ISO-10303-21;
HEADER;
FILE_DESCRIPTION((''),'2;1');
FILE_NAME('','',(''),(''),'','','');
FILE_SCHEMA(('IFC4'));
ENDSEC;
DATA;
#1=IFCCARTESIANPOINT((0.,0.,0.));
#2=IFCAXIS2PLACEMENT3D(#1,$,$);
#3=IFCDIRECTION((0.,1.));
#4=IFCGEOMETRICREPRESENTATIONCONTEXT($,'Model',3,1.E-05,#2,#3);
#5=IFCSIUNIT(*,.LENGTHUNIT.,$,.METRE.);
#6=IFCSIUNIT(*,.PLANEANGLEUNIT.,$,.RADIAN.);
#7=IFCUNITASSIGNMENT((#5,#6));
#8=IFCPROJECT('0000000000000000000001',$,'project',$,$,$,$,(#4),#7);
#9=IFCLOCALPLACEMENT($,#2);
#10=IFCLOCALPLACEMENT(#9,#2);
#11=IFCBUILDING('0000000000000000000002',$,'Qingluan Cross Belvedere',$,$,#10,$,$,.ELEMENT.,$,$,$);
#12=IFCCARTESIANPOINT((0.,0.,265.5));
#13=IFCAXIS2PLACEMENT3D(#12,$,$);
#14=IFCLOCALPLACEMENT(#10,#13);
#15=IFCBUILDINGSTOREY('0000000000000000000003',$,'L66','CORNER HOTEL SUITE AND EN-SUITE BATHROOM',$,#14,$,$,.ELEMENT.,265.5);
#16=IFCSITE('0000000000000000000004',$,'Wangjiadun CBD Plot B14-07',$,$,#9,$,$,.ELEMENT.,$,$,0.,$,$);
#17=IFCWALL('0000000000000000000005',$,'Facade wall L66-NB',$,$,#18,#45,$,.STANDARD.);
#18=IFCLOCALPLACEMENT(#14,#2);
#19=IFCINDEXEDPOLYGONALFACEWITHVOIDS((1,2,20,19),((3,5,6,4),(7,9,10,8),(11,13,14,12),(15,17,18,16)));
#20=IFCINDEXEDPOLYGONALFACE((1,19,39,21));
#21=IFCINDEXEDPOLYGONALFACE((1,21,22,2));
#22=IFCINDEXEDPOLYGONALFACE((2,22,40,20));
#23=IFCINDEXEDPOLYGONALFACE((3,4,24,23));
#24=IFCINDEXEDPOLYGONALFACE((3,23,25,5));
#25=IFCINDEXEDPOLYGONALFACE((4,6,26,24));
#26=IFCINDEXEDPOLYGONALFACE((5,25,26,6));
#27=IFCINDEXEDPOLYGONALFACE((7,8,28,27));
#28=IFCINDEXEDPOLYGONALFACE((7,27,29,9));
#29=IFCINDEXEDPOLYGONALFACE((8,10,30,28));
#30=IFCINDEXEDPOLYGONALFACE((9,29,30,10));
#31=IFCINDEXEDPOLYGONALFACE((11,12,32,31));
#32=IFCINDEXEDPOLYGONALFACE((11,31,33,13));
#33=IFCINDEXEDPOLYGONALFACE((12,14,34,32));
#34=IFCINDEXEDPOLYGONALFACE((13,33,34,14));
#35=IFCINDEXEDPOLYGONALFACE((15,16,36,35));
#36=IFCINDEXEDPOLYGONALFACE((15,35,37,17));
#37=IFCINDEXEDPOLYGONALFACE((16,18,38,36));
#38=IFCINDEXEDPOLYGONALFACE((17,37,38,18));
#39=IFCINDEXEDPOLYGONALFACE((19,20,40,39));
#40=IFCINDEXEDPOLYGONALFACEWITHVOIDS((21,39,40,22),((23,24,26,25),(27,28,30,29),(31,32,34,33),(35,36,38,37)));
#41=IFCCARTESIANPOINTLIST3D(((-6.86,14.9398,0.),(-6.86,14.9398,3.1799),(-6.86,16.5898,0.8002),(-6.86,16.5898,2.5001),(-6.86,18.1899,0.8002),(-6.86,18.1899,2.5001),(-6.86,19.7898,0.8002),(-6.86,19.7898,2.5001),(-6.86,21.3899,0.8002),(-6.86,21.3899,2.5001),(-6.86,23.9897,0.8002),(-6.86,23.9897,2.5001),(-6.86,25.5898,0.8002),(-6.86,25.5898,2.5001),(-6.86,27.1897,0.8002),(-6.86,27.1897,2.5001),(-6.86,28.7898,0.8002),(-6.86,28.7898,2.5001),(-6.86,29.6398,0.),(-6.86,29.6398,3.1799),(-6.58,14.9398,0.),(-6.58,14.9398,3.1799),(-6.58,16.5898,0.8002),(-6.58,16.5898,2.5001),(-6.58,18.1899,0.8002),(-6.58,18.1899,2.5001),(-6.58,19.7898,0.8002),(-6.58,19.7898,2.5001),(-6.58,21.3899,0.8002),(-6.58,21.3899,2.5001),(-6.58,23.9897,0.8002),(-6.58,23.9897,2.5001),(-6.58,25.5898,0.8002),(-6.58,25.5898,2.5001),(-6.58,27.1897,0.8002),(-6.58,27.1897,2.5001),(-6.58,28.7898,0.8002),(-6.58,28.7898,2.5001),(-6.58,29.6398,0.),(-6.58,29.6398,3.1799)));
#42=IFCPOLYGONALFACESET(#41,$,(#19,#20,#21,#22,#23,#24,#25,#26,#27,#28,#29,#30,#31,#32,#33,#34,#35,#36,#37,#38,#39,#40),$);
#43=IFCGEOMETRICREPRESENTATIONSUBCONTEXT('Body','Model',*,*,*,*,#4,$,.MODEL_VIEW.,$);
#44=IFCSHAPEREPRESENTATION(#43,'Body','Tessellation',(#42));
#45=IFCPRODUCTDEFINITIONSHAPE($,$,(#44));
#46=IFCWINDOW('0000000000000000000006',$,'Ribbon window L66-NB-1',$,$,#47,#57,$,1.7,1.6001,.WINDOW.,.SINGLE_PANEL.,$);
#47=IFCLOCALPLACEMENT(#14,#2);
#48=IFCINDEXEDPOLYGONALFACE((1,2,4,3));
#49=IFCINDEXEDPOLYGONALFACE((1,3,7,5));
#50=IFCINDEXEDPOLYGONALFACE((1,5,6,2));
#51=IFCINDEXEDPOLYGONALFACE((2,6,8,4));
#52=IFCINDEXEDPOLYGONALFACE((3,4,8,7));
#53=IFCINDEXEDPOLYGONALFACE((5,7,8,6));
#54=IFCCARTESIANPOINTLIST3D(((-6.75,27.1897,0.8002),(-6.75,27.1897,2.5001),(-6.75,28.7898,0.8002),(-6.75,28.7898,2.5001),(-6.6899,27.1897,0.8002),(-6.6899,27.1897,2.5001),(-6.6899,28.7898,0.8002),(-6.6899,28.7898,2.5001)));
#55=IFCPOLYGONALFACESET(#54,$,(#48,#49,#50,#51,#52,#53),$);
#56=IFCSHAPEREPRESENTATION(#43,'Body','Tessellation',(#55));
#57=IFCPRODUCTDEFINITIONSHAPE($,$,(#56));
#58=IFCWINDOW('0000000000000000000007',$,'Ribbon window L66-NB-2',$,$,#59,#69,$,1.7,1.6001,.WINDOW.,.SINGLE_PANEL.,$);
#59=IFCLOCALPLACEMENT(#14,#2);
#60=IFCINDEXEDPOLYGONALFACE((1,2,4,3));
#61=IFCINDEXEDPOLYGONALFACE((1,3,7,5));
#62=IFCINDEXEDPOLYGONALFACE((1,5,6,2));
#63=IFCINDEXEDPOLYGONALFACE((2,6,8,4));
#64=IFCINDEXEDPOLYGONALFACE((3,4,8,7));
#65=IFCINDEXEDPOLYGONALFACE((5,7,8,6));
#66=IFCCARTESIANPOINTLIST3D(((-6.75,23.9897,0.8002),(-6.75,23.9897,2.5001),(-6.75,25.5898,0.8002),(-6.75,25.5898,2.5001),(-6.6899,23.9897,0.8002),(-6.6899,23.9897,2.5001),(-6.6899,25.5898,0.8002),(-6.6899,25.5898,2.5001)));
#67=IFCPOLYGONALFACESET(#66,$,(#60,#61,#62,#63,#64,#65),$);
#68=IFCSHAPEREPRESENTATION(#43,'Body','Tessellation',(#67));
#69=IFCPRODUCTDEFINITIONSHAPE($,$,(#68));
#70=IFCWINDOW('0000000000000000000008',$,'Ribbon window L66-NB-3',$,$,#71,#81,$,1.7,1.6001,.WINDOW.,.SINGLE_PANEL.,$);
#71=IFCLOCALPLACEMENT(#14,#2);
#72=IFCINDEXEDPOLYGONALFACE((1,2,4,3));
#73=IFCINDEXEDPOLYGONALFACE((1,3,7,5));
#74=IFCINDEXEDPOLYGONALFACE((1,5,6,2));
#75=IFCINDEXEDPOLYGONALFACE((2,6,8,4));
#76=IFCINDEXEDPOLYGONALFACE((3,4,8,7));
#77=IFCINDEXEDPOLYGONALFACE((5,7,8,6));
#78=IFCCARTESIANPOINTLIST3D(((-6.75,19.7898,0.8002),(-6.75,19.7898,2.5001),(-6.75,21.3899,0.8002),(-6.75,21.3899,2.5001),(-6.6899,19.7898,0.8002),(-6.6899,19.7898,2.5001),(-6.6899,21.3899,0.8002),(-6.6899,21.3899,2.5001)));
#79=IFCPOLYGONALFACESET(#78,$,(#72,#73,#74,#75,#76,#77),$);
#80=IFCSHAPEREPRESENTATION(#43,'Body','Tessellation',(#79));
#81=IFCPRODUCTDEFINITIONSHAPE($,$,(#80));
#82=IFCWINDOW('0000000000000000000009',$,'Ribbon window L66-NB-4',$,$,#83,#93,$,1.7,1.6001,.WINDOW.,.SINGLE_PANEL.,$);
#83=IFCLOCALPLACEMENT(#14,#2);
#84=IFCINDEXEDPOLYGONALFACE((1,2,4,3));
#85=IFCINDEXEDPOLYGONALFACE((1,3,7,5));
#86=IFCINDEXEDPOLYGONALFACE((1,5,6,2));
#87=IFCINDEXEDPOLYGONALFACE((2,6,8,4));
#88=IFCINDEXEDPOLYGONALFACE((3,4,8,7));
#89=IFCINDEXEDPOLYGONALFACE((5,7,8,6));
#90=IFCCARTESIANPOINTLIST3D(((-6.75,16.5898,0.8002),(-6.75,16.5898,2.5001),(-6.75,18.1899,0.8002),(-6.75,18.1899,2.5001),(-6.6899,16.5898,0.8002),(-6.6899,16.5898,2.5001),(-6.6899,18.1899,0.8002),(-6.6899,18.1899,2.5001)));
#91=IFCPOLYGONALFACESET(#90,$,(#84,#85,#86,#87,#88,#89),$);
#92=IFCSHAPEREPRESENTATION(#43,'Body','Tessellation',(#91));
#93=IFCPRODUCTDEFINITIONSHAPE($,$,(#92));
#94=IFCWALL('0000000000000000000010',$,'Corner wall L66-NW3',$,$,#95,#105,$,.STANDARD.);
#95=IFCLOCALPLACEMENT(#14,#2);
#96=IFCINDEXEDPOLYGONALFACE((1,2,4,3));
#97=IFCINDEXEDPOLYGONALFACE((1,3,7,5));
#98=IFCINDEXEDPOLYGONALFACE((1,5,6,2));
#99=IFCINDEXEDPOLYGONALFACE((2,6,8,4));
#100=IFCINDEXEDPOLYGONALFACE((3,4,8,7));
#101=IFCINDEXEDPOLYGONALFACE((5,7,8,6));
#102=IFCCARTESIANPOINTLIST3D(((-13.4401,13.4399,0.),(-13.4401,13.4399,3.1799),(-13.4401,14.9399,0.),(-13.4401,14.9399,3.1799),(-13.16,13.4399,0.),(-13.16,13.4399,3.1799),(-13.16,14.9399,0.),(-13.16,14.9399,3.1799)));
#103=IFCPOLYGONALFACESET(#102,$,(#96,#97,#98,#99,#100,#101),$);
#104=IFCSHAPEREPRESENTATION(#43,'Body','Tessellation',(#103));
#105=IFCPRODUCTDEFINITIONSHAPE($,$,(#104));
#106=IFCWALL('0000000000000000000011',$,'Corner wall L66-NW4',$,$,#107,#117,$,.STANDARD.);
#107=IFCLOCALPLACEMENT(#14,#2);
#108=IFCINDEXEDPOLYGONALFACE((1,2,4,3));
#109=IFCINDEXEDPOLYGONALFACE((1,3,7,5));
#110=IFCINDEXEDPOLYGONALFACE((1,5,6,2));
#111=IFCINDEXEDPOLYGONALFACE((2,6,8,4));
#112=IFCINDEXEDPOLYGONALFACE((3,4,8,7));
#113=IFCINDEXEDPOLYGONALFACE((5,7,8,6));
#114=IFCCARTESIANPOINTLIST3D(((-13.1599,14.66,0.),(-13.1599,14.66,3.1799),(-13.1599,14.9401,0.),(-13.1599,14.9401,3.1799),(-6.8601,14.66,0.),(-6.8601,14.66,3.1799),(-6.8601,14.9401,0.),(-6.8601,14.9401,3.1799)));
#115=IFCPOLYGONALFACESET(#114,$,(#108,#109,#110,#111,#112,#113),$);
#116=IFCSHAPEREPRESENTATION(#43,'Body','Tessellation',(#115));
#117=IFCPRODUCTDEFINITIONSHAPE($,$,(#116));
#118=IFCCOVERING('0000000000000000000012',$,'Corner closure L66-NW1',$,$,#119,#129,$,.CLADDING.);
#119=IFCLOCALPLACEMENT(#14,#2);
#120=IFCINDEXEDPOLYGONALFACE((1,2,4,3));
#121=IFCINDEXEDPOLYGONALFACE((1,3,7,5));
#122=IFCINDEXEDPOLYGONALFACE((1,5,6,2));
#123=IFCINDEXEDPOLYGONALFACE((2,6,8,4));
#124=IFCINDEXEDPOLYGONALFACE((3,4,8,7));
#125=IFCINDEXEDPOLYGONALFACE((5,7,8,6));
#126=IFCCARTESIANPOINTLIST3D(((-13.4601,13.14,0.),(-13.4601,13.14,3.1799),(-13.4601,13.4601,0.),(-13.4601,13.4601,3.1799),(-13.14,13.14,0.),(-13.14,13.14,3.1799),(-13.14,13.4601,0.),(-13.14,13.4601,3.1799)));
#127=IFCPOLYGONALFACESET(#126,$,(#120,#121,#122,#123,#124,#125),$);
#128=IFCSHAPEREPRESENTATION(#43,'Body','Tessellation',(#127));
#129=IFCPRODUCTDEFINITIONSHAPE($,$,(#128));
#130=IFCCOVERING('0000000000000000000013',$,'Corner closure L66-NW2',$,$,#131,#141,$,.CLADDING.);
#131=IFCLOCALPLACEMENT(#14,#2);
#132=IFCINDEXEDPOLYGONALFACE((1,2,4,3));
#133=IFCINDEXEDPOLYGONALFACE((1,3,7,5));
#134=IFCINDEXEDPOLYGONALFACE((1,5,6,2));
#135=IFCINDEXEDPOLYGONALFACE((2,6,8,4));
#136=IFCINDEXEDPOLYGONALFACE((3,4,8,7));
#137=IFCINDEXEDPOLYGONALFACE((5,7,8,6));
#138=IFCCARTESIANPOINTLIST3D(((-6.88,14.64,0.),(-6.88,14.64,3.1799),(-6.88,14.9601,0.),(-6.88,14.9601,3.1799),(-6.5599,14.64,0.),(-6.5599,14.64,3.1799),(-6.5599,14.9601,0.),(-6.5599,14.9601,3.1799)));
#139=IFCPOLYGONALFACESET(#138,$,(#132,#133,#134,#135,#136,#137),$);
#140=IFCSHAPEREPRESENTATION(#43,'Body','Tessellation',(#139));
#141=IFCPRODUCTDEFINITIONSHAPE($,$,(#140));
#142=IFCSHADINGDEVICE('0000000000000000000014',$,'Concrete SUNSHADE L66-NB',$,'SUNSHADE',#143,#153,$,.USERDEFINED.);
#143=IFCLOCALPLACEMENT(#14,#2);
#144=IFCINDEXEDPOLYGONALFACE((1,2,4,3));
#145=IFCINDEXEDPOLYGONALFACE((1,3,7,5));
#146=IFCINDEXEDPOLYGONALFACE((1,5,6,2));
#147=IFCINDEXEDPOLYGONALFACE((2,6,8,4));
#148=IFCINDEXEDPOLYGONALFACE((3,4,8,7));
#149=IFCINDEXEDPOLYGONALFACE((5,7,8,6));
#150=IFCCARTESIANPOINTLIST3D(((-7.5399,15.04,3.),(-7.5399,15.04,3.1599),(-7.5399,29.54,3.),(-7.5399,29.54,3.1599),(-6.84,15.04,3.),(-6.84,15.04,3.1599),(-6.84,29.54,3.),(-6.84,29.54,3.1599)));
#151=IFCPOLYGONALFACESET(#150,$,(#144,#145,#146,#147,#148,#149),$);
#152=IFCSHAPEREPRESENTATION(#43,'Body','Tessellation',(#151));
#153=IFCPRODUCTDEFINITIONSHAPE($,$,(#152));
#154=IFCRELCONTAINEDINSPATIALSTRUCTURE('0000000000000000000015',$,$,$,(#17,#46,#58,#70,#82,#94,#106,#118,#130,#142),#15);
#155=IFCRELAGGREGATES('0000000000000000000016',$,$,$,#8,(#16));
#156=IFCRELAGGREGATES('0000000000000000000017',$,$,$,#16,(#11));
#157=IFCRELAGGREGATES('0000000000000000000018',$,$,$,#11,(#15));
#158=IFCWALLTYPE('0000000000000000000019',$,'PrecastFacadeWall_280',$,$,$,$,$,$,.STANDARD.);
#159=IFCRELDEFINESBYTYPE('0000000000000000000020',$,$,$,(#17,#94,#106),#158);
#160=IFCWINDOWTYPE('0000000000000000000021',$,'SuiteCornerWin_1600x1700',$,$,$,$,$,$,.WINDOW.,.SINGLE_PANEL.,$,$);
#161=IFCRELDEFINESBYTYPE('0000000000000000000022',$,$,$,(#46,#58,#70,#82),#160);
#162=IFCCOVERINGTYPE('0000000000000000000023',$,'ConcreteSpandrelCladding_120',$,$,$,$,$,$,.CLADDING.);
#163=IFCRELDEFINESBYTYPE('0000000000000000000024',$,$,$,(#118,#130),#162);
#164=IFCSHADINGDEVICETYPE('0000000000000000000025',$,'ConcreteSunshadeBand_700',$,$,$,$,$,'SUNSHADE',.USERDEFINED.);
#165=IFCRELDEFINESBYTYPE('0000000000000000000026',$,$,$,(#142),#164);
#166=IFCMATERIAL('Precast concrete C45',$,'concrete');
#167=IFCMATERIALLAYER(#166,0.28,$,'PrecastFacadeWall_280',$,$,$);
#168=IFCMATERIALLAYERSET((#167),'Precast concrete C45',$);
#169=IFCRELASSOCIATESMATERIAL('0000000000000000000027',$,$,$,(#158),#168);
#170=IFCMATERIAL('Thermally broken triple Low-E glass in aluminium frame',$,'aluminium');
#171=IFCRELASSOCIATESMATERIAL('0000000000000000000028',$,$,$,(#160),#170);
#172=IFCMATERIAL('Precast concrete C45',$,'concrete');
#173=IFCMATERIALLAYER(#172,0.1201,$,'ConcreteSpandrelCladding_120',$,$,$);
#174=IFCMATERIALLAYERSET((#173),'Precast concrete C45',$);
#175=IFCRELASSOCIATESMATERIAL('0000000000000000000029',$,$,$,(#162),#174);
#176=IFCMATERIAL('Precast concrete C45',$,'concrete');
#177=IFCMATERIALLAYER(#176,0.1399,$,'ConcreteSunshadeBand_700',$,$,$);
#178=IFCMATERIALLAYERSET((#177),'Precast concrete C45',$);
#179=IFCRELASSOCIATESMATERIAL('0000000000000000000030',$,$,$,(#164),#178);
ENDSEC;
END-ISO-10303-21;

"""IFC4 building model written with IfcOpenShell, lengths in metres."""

from ifc_helpers import new_model, si_unit, direction, frame, frame_2d, origin, origin_2d, place, context, subcontext, project, spatial, rectangle, extrude, material, layer, layer_set, type_object, element, fill, save


model = new_model("IFC4")

# Units and contexts
model_context = context("Model", 3, precision=1e-05, world=origin(), true_north=direction((0.0, 1.0)))
body_context = subcontext(model_context, "Body", "Model", "MODEL_VIEW")
ifc_project = project(units=[si_unit("LENGTHUNIT", "METRE"), si_unit("PLANEANGLEUNIT", "RADIAN")], contexts=[model_context])

# Site, building, storey
site_placement = place(None, origin())
site = spatial("IfcSite", under=ifc_project, at=site_placement, Name="Wangjiadun CBD Plot B14-07", CompositionType="ELEMENT", RefElevation=0.0)
building_placement = place(site_placement, origin())
building = spatial("IfcBuilding", under=site, at=building_placement, Name="Qingluan Cross Belvedere", CompositionType="ELEMENT")
storey_placement = place(building_placement, frame((0.0, 0.0, 265.5)))
storey = spatial("IfcBuildingStorey", under=building, at=storey_placement, Name="L66", Description="CORNER HOTEL SUITE AND EN-SUITE BATHROOM", CompositionType="ELEMENT", Elevation=265.5)

# Wall, openings, windows
ifc_material_1 = material(Name="Precast concrete C45", Category="concrete")
ifc_layer_1 = layer(ifc_material_1, 0.28, Name="PrecastFacadeWall_280")
ifc_layer_set_1 = layer_set([ifc_layer_1], Name="Precast concrete C45")
wall_type_1 = type_object("IfcWallType", Name="PrecastFacadeWall_280", PredefinedType="STANDARD", material=ifc_layer_set_1)
wall_1_placement = place(storey_placement, frame((-6.72, 29.6399, 0.0), z_axis=(0.0, 0.0, 1.0), x_axis=(0.0, -1.0, 0.0)))
wall_1 = element("IfcWall", 1, at=wall_1_placement, inside=storey, type_object=wall_type_1, Name="Facade wall L66-NB", PredefinedType="STANDARD", context=body_context, shape_type="SweptSolid", body=[
    extrude(rectangle(XDim=14.7, YDim=0.28, at=frame_2d((7.3501, 0.0))), origin(), (0.0, 0.0, 1.0), 3.1799),
])
opening_1_placement = place(wall_1_placement, frame((0.8501, 0.0, 0.8)))
opening_1 = element("IfcOpeningElement", 2, at=opening_1_placement, cuts=wall_1, PredefinedType="OPENING", context=body_context, shape_type="SweptSolid", body=[
    extrude(rectangle(XDim=1.6001, YDim=1.7, at=frame_2d((0.8, 0.8501))), frame((0.0, 0.1499, 0.0), z_axis=(0.0, -1.0, 0.0), x_axis=(1.0, 0.0, 0.0)), (0.0, 0.0, 1.0), 0.3),
])
opening_2_placement = place(wall_1_placement, frame((4.05, 0.0, 0.8)))
opening_2 = element("IfcOpeningElement", 3, at=opening_2_placement, cuts=wall_1, PredefinedType="OPENING", context=body_context, shape_type="SweptSolid", body=[
    extrude(rectangle(XDim=1.6001, YDim=1.7, at=frame_2d((0.8, 0.8501))), frame((0.0, 0.1499, 0.0), z_axis=(0.0, -1.0, 0.0), x_axis=(1.0, 0.0, 0.0)), (0.0, 0.0, 1.0), 0.3),
])
opening_3_placement = place(wall_1_placement, frame((8.25, 0.0, 0.8)))
opening_3 = element("IfcOpeningElement", 4, at=opening_3_placement, cuts=wall_1, PredefinedType="OPENING", context=body_context, shape_type="SweptSolid", body=[
    extrude(rectangle(XDim=1.6001, YDim=1.7, at=frame_2d((0.8, 0.8501))), frame((0.0, 0.1499, 0.0), z_axis=(0.0, -1.0, 0.0), x_axis=(1.0, 0.0, 0.0)), (0.0, 0.0, 1.0), 0.3),
])
opening_4_placement = place(wall_1_placement, frame((11.45, 0.0, 0.8)))
opening_4 = element("IfcOpeningElement", 5, at=opening_4_placement, cuts=wall_1, PredefinedType="OPENING", context=body_context, shape_type="SweptSolid", body=[
    extrude(rectangle(XDim=1.6001, YDim=1.7, at=frame_2d((0.8, 0.8501))), frame((0.0, 0.1499, 0.0), z_axis=(0.0, -1.0, 0.0), x_axis=(1.0, 0.0, 0.0)), (0.0, 0.0, 1.0), 0.3),
])
ifc_material_2 = material(Name="Thermally broken triple Low-E glass in aluminium frame", Category="aluminium")
window_type = type_object("IfcWindowType", Name="SuiteCornerWin_1600x1700", PartitioningType="SINGLE_PANEL", PredefinedType="WINDOW", material=ifc_material_2)
window_1_placement = place(opening_1_placement, origin())
window_1 = element("IfcWindow", 6, at=window_1_placement, inside=storey, type_object=window_type, Name="Ribbon window L66-NB-1", OverallHeight=1.7, OverallWidth=1.6001, PartitioningType="SINGLE_PANEL", PredefinedType="WINDOW", context=body_context, shape_type="SweptSolid", body=[
    extrude(rectangle(XDim=1.6001, YDim=1.7, at=frame_2d((0.8, 0.8501))), frame((0.0, 0.03, 0.0), z_axis=(0.0, -1.0, 0.0), x_axis=(1.0, 0.0, 0.0)), (0.0, 0.0, 1.0), 0.0601),
])
fill(opening_1, window_1)
window_2_placement = place(opening_2_placement, origin())
window_2 = element("IfcWindow", 7, at=window_2_placement, inside=storey, type_object=window_type, Name="Ribbon window L66-NB-2", OverallHeight=1.7, OverallWidth=1.6001, PartitioningType="SINGLE_PANEL", PredefinedType="WINDOW", context=body_context, shape_type="SweptSolid", body=[
    extrude(rectangle(XDim=1.6001, YDim=1.7, at=frame_2d((0.8, 0.8501))), frame((0.0, 0.03, 0.0), z_axis=(0.0, -1.0, 0.0), x_axis=(1.0, 0.0, 0.0)), (0.0, 0.0, 1.0), 0.0601),
])
fill(opening_2, window_2)
window_3_placement = place(opening_3_placement, origin())
window_3 = element("IfcWindow", 8, at=window_3_placement, inside=storey, type_object=window_type, Name="Ribbon window L66-NB-3", OverallHeight=1.7, OverallWidth=1.6001, PartitioningType="SINGLE_PANEL", PredefinedType="WINDOW", context=body_context, shape_type="SweptSolid", body=[
    extrude(rectangle(XDim=1.6001, YDim=1.7, at=frame_2d((0.8, 0.8501))), frame((0.0, 0.03, 0.0), z_axis=(0.0, -1.0, 0.0), x_axis=(1.0, 0.0, 0.0)), (0.0, 0.0, 1.0), 0.0601),
])
fill(opening_3, window_3)
window_4_placement = place(opening_4_placement, origin())
window_4 = element("IfcWindow", 9, at=window_4_placement, inside=storey, type_object=window_type, Name="Ribbon window L66-NB-4", OverallHeight=1.7, OverallWidth=1.6001, PartitioningType="SINGLE_PANEL", PredefinedType="WINDOW", context=body_context, shape_type="SweptSolid", body=[
    extrude(rectangle(XDim=1.6001, YDim=1.7, at=frame_2d((0.8, 0.8501))), frame((0.0, 0.03, 0.0), z_axis=(0.0, -1.0, 0.0), x_axis=(1.0, 0.0, 0.0)), (0.0, 0.0, 1.0), 0.0601),
])
fill(opening_4, window_4)

# Walls
wall_2_placement = place(storey_placement, frame((-13.3, 13.4399, 0.0), z_axis=(0.0, 0.0, 1.0), x_axis=(0.0, 1.0, 0.0)))
element("IfcWall", 10, at=wall_2_placement, inside=storey, type_object=wall_type_1, Name="Corner wall L66-NW3", PredefinedType="STANDARD", context=body_context, shape_type="SweptSolid", body=[
    extrude(rectangle(XDim=1.5, YDim=0.28, at=frame_2d((0.75, 0.0))), origin(), (0.0, 0.0, 1.0), 3.1799),
])
wall_3_placement = place(storey_placement, frame((-13.1599, 14.8, 0.0), z_axis=(0.0, 0.0, 1.0), x_axis=(1.0, 0.0, 0.0)))
element("IfcWall", 11, at=wall_3_placement, inside=storey, type_object=wall_type_1, Name="Corner wall L66-NW4", PredefinedType="STANDARD", context=body_context, shape_type="SweptSolid", body=[
    extrude(rectangle(XDim=6.2998, YDim=0.28, at=frame_2d((3.1499, 0.0))), origin(), (0.0, 0.0, 1.0), 3.1799),
])

# Coverings
ifc_material_3 = material(Name="Precast concrete C45", Category="concrete")
ifc_layer_2 = layer(ifc_material_3, 0.1201, Name="ConcreteSpandrelCladding_120")
ifc_layer_set_2 = layer_set([ifc_layer_2], Name="Precast concrete C45")
covering_type = type_object("IfcCoveringType", Name="ConcreteSpandrelCladding_120", PredefinedType="CLADDING", material=ifc_layer_set_2)
for number, where, z_axis, x_axis, name in (
    (12, (-13.3, 13.3, 0.0), (0.0, 0.0, 1.0), (1.0, 0.0, 0.0), "Corner closure L66-NW1"),
    (13, (-6.72, 14.8, 0.0), (0.0, 0.0, 1.0), (1.0, 0.0, 0.0), "Corner closure L66-NW2"),
):
    element("IfcCovering", number, at=place(storey_placement, frame(where, z_axis=z_axis, x_axis=x_axis)), inside=storey, type_object=covering_type, Name=name, PredefinedType="CLADDING", context=body_context, shape_type="SweptSolid", body=[
        extrude(rectangle(XDim=0.3201, YDim=0.3201, at=origin_2d()), origin(), (0.0, 0.0, 1.0), 3.1799),
    ])

# Shading device
ifc_material_4 = material(Name="Precast concrete C45", Category="concrete")
ifc_layer_3 = layer(ifc_material_4, 0.1399, Name="ConcreteSunshadeBand_700")
ifc_layer_set_3 = layer_set([ifc_layer_3], Name="Precast concrete C45")
shading_device_type = type_object("IfcShadingDeviceType", Name="ConcreteSunshadeBand_700", ElementType="SUNSHADE", PredefinedType="USERDEFINED", material=ifc_layer_set_3)
shading_device_placement = place(storey_placement, frame((-7.1899, 22.29, 3.0), z_axis=(0.0, 0.0, 1.0), x_axis=(0.0, -1.0, 0.0)))
element("IfcShadingDevice", 14, at=shading_device_placement, inside=storey, type_object=shading_device_type, Name="Concrete SUNSHADE L66-NB", ObjectType="SUNSHADE", PredefinedType="USERDEFINED", context=body_context, shape_type="SweptSolid", body=[
    extrude(rectangle(XDim=14.5, YDim=0.7, at=origin_2d()), origin(), (0.0, 0.0, 1.0), 0.1599),
])

save(model, "model.ifc")
